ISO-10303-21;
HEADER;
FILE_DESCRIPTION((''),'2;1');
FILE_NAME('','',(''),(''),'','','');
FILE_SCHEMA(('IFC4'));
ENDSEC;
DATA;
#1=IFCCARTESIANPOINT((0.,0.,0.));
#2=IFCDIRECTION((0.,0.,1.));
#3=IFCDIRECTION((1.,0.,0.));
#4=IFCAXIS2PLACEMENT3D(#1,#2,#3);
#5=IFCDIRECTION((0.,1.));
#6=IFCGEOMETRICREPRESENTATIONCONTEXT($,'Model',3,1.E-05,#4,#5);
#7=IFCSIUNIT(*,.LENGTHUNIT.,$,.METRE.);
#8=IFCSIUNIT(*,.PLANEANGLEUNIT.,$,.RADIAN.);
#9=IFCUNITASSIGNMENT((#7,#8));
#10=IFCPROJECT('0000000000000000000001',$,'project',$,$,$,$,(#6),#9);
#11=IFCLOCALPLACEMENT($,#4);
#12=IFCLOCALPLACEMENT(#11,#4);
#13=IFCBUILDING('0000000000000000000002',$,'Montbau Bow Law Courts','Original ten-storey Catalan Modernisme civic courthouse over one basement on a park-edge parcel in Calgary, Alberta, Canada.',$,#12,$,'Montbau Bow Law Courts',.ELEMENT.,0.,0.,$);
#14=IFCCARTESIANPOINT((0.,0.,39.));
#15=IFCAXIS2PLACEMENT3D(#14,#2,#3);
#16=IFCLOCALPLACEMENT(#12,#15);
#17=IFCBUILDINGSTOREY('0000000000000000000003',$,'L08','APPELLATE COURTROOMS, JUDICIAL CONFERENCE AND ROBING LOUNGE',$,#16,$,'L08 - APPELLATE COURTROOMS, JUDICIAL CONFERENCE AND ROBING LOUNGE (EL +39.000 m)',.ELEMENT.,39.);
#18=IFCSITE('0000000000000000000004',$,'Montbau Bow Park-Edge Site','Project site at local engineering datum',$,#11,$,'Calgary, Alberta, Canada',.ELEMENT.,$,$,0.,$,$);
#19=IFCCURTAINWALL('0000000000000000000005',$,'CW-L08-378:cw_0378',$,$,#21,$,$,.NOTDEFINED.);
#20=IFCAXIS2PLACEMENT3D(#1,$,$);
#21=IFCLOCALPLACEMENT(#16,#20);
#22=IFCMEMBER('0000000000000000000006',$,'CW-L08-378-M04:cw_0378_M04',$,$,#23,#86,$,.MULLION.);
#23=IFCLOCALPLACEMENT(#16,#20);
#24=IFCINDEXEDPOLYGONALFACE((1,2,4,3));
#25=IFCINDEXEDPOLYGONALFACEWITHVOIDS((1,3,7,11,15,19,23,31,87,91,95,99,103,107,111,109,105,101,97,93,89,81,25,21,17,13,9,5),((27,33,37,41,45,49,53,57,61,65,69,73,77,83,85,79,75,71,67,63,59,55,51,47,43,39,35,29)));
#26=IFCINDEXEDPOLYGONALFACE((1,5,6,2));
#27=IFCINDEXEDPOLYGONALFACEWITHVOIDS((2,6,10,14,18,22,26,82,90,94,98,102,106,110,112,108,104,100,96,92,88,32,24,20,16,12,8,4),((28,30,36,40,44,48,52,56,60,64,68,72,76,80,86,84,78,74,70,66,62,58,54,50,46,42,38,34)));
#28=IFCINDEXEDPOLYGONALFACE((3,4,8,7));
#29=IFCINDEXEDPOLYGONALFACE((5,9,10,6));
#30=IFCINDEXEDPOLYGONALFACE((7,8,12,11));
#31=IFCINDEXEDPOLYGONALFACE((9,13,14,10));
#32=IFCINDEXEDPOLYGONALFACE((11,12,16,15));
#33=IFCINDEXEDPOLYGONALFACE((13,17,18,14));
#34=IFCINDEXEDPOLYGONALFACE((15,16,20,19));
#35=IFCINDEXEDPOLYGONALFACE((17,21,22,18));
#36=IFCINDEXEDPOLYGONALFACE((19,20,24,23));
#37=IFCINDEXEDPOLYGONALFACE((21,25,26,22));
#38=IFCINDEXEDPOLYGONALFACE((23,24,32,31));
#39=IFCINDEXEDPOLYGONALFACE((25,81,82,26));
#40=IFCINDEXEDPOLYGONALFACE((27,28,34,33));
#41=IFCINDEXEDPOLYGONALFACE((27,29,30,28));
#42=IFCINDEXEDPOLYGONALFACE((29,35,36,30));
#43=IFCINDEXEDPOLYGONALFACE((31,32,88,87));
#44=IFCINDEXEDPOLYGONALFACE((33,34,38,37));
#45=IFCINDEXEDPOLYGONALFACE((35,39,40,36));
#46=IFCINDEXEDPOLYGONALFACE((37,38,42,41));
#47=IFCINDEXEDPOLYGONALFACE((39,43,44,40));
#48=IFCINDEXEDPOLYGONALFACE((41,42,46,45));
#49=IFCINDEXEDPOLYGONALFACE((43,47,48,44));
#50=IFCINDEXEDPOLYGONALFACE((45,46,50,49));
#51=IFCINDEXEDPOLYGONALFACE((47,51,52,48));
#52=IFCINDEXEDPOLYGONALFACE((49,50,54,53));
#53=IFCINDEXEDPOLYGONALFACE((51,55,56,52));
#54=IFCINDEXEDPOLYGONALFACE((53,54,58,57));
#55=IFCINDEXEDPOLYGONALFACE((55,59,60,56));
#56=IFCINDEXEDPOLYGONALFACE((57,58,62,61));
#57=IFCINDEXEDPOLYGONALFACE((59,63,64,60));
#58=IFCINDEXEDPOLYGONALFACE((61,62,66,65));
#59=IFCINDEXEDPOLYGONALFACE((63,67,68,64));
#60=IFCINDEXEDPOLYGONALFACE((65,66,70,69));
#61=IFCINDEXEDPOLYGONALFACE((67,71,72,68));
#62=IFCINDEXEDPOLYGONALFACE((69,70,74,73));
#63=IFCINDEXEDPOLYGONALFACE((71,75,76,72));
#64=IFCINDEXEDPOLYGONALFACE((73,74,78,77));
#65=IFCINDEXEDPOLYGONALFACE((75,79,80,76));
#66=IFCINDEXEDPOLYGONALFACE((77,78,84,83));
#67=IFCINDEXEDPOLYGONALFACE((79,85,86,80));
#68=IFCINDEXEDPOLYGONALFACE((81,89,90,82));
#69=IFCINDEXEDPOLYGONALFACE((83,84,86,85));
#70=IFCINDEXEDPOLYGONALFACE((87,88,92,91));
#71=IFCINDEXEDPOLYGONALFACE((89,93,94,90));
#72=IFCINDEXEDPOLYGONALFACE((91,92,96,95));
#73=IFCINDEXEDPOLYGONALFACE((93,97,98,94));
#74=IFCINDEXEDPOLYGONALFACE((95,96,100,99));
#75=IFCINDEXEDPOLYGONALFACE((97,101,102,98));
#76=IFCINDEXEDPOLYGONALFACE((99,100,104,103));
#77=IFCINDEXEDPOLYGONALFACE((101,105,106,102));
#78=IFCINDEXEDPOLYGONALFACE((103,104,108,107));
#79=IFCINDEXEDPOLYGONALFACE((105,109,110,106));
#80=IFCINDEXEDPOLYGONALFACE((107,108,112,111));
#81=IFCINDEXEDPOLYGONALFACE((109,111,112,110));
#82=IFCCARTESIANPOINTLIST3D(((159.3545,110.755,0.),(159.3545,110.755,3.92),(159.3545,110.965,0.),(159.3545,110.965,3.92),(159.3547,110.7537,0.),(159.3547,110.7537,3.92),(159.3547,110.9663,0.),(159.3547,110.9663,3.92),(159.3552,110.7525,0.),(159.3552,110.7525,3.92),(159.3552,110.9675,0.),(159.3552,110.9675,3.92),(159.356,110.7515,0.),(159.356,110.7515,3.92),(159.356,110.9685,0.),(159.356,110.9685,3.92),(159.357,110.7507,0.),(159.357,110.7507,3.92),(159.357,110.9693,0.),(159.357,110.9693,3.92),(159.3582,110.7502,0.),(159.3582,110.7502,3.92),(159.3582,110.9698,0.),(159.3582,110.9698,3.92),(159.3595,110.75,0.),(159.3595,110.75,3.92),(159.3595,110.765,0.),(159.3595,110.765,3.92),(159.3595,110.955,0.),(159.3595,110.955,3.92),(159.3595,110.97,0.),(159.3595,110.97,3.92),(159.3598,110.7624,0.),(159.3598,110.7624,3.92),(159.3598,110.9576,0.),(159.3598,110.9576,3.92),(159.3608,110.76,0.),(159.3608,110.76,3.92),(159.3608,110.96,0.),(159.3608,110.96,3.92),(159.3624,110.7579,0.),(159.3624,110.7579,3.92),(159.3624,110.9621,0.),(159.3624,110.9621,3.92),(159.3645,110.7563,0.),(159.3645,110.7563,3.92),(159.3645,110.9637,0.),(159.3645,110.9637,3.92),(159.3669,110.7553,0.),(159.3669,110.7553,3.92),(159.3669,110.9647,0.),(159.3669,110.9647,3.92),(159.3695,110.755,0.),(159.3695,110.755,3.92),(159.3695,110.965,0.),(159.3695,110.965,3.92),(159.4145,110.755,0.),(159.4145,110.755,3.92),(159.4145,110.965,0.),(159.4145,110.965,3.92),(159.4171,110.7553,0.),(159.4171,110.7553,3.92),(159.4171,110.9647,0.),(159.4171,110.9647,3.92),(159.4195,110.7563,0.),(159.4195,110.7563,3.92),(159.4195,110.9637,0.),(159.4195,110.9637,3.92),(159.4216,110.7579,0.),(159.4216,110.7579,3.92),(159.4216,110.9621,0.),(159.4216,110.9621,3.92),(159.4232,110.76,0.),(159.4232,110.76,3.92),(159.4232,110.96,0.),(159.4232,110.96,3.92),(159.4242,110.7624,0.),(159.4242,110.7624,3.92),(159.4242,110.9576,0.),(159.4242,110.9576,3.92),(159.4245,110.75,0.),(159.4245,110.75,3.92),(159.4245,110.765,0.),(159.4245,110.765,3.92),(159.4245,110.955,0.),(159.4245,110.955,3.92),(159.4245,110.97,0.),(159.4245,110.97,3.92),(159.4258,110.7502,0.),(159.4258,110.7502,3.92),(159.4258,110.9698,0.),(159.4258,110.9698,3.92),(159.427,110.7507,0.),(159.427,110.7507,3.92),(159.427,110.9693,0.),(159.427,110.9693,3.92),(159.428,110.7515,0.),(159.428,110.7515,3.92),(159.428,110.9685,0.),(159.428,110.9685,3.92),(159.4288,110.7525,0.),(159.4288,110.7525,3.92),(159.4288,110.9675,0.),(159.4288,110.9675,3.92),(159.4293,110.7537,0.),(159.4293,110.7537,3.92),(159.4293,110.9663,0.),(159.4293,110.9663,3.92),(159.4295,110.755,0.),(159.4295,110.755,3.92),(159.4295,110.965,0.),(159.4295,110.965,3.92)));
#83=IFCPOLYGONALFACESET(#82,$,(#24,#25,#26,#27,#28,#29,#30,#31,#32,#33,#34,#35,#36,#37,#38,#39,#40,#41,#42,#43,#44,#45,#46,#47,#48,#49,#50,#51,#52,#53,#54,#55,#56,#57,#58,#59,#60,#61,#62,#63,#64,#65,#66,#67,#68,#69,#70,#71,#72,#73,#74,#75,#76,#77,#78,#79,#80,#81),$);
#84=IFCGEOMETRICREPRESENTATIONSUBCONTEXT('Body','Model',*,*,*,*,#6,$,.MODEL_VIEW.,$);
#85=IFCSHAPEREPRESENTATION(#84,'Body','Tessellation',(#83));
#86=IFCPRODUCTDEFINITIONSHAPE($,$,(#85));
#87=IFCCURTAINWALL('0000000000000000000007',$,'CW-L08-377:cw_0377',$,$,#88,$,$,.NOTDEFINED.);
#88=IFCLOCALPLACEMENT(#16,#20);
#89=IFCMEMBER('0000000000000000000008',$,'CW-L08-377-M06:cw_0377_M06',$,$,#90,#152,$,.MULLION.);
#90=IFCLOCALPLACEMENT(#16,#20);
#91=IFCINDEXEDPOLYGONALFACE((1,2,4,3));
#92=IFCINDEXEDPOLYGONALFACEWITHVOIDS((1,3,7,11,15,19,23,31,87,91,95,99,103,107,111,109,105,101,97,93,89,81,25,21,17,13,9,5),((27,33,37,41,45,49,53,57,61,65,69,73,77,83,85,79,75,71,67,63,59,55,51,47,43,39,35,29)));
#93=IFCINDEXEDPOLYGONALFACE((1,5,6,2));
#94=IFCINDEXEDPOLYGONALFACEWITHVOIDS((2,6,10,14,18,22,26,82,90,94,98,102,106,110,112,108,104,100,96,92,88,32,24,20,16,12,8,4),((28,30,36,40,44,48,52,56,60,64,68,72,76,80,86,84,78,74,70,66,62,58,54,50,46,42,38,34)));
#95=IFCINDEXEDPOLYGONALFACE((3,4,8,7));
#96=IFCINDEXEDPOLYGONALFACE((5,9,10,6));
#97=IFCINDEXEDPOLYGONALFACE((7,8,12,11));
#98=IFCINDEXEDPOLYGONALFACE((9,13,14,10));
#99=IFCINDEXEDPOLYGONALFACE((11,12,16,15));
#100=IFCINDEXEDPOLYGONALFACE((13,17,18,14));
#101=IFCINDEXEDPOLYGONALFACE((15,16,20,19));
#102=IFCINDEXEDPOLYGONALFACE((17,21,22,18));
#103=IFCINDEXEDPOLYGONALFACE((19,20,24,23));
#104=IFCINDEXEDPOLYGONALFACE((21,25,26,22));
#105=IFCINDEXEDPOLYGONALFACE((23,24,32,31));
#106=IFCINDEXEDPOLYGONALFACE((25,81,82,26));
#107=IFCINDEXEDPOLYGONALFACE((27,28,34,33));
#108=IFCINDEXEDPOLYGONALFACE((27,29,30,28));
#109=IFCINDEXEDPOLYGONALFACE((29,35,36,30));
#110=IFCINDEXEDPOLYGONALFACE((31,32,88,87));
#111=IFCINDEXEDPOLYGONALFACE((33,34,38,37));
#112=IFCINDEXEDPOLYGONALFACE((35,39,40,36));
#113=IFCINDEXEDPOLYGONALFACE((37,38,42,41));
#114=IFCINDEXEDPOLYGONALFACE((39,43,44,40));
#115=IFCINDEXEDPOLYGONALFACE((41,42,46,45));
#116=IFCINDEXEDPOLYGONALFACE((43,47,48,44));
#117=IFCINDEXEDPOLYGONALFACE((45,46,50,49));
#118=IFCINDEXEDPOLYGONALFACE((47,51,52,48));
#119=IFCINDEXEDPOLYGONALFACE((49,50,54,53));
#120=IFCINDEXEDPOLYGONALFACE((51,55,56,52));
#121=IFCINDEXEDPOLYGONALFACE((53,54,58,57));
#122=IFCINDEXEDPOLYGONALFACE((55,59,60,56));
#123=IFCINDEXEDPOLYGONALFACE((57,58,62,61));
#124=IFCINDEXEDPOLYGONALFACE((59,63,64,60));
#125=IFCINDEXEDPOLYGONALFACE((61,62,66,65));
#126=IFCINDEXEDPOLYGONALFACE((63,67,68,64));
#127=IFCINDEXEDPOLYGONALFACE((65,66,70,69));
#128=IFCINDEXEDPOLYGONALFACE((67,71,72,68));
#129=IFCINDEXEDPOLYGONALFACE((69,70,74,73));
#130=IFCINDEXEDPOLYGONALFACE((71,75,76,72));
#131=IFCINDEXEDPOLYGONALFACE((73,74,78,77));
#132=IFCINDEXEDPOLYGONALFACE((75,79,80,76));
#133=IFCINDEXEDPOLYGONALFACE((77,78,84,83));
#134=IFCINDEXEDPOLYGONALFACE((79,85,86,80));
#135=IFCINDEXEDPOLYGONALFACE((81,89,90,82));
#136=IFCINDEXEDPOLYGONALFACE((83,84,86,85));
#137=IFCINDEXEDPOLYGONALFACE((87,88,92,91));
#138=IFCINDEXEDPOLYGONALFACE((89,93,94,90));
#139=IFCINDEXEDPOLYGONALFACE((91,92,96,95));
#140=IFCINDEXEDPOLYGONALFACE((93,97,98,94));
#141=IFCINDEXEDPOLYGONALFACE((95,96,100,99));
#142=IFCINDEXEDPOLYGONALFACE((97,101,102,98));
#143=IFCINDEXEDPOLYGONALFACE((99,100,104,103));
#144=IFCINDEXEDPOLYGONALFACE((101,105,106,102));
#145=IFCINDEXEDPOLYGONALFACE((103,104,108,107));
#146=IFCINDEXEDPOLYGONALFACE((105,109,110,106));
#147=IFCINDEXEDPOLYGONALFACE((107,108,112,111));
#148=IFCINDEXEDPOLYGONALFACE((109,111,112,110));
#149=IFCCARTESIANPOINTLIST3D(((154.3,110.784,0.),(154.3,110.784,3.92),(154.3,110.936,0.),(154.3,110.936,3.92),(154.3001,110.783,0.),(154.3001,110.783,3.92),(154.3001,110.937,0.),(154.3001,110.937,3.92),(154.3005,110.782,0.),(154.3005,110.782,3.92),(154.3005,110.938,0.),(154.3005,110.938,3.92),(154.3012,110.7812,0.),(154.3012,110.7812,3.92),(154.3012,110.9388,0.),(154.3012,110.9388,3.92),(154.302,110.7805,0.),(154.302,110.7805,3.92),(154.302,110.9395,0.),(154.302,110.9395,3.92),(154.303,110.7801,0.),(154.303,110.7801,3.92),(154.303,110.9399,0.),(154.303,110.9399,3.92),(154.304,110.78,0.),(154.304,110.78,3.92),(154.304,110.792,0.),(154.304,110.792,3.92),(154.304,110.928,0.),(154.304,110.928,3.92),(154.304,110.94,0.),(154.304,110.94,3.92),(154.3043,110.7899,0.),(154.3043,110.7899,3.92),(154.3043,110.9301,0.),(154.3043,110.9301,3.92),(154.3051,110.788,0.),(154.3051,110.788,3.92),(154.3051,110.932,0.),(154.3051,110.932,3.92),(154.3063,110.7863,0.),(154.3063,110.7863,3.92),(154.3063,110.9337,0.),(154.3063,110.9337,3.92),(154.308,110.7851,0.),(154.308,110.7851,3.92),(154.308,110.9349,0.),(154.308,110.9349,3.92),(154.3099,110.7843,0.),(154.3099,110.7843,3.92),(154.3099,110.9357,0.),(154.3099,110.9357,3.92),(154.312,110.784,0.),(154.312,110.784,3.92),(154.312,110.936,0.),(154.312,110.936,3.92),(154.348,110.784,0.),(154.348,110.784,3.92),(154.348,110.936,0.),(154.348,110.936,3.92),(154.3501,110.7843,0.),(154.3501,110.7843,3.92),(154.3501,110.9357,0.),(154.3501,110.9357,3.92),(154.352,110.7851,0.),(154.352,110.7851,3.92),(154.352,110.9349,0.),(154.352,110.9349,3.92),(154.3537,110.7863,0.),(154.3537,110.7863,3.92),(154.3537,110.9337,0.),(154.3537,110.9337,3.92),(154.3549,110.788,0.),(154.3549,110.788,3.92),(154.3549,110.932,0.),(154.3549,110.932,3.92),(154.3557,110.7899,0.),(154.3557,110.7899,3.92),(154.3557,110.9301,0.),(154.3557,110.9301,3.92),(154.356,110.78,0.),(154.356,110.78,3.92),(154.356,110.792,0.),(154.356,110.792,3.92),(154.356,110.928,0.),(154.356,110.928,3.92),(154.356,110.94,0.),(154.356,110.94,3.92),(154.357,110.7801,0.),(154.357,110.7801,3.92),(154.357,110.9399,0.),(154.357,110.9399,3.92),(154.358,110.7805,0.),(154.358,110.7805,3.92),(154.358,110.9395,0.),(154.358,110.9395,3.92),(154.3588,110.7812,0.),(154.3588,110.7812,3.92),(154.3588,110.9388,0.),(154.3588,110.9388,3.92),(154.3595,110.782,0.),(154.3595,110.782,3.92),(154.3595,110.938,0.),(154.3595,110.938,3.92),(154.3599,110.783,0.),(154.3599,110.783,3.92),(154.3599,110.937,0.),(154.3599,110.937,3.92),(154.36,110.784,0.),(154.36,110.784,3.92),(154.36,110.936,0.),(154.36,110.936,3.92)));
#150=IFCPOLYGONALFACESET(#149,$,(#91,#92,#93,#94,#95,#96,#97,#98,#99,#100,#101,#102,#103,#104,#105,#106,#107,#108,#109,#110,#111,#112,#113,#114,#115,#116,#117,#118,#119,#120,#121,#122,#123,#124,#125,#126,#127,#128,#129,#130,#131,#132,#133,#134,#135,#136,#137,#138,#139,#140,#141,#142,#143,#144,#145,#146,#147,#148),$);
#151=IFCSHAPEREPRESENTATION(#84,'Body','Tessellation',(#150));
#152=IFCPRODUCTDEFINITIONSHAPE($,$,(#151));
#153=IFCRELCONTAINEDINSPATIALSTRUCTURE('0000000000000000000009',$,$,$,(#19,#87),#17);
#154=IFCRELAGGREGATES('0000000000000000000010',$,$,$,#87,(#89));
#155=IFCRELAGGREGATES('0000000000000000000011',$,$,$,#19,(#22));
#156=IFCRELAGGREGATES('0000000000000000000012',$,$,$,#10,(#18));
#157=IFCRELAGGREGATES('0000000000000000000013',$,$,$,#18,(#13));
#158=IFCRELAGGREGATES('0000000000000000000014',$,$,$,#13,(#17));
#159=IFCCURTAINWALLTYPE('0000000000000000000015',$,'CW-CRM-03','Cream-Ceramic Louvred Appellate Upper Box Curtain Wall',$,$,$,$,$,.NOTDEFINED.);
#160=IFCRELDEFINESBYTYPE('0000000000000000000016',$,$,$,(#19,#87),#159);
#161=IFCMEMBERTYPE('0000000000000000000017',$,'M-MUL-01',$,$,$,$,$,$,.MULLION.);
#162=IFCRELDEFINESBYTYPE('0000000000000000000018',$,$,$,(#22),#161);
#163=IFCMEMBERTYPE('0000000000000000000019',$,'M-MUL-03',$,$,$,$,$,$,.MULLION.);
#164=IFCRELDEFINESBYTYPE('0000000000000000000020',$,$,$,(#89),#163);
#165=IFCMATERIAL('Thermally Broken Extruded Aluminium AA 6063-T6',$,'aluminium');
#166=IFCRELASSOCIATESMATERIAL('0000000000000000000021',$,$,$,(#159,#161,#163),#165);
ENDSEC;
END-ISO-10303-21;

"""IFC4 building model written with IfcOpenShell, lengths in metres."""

from ifc_helpers import new_model, si_unit, direction, frame, origin_with_axes, origin_2d_with_axis, place, context, subcontext, project, spatial, hollow_rectangle, extrude, material, material_profile, profile_set, type_object, element, aggregate, save


model = new_model("IFC4")

# Units and contexts
model_context = context("Model", 3, precision=1e-05, world=origin_with_axes(), true_north=direction((0.0, 1.0)))
body_context = subcontext(model_context, "Body", "Model", "MODEL_VIEW")
ifc_project = project(units=[si_unit("LENGTHUNIT", "METRE"), si_unit("PLANEANGLEUNIT", "RADIAN")], contexts=[model_context])

# Site, building, storey
site_placement = place(None, origin_with_axes())
site = spatial("IfcSite", under=ifc_project, at=site_placement, Name="Montbau Bow Park-Edge Site", Description="Project site at local engineering datum", LongName="Calgary, Alberta, Canada", CompositionType="ELEMENT", RefElevation=0.0)
building_placement = place(site_placement, origin_with_axes())
building = spatial("IfcBuilding", under=site, at=building_placement, Name="Montbau Bow Law Courts", Description="Original ten-storey Catalan Modernisme civic courthouse over one basement on a park-edge parcel in Calgary, Alberta, Canada.", LongName="Montbau Bow Law Courts", CompositionType="ELEMENT", ElevationOfRefHeight=0.0, ElevationOfTerrain=0.0)
storey_placement = place(building_placement, frame((0.0, 0.0, 39.0), z_axis=(0.0, 0.0, 1.0), x_axis=(1.0, 0.0, 0.0)))
storey = spatial("IfcBuildingStorey", under=building, at=storey_placement, Name="L08", Description="APPELLATE COURTROOMS, JUDICIAL CONFERENCE AND ROBING LOUNGE", LongName="L08 - APPELLATE COURTROOMS, JUDICIAL CONFERENCE AND ROBING LOUNGE (EL +39.000 m)", CompositionType="ELEMENT", Elevation=39.0)

# Curtain wall, member
ifc_material_1 = material(Name="Thermally Broken Extruded Aluminium AA 6063-T6", Category="aluminium")
curtain_wall_type = type_object("IfcCurtainWallType", Name="CW-CRM-03", Description="Cream-Ceramic Louvred Appellate Upper Box Curtain Wall", PredefinedType="NOTDEFINED", material=ifc_material_1)
curtain_wall_1_placement = place(None, frame((155.24, 110.86, 39.0), z_axis=(0.0, 0.0, 1.0), x_axis=(1.0, 0.0, 0.0)))
curtain_wall_1 = element("IfcCurtainWall", 1, at=curtain_wall_1_placement, inside=storey, type_object=curtain_wall_type, Name="CW-L08-378:cw_0378", PredefinedType="NOTDEFINED")
ifc_material_profile_1 = material_profile(ifc_material_1, hollow_rectangle(XDim=0.075, YDim=0.22, WallThickness=0.005, InnerFilletRadius=0.01, OuterFilletRadius=0.005, at=origin_2d_with_axis()), Name="CWM-220X75", Category="Main", Priority=0)
ifc_profile_set_1 = profile_set([ifc_material_profile_1], Name="Thermally Broken Extruded Aluminium AA 6063-T6")
member_type_1 = type_object("IfcMemberType", Name="M-MUL-01", PredefinedType="MULLION", material=ifc_profile_set_1)
member_1_placement = place(None, frame((159.392, 110.86, 39.0), z_axis=(0.0, 0.0, 1.0), x_axis=(1.0, 0.0, 0.0)))
member_1 = element("IfcMember", 2, at=member_1_placement, type_object=member_type_1, Name="CW-L08-378-M04:cw_0378_M04", PredefinedType="MULLION", context=body_context, shape_type="SweptSolid", body=[
    extrude(hollow_rectangle(XDim=0.075, YDim=0.22, WallThickness=0.005, InnerFilletRadius=0.01, OuterFilletRadius=0.005, at=origin_2d_with_axis()), origin_with_axes(), (0.0, 0.0, 1.0), 3.92),
])

# Curtain wall, member
curtain_wall_2_placement = place(None, frame((147.44, 110.86, 39.0), z_axis=(0.0, 0.0, 1.0), x_axis=(1.0, 0.0, 0.0)))
curtain_wall_2 = element("IfcCurtainWall", 3, at=curtain_wall_2_placement, inside=storey, type_object=curtain_wall_type, Name="CW-L08-377:cw_0377", PredefinedType="NOTDEFINED")
ifc_material_profile_2 = material_profile(ifc_material_1, hollow_rectangle(XDim=0.06, YDim=0.16, WallThickness=0.004, InnerFilletRadius=0.008, OuterFilletRadius=0.004, at=origin_2d_with_axis()), Name="CWM-160X60", Category="Main", Priority=0)
ifc_profile_set_2 = profile_set([ifc_material_profile_2], Name="Thermally Broken Extruded Aluminium AA 6063-T6")
member_type_2 = type_object("IfcMemberType", Name="M-MUL-03", PredefinedType="MULLION", material=ifc_profile_set_2)
member_2_placement = place(None, frame((154.33, 110.86, 39.0), z_axis=(0.0, 0.0, 1.0), x_axis=(1.0, 0.0, 0.0)))
member_2 = element("IfcMember", 4, at=member_2_placement, type_object=member_type_2, Name="CW-L08-377-M06:cw_0377_M06", PredefinedType="MULLION", context=body_context, shape_type="SweptSolid", body=[
    extrude(hollow_rectangle(XDim=0.06, YDim=0.16, WallThickness=0.004, InnerFilletRadius=0.008, OuterFilletRadius=0.004, at=origin_2d_with_axis()), origin_with_axes(), (0.0, 0.0, 1.0), 3.92),
])

aggregate(curtain_wall_2, [member_2])
aggregate(curtain_wall_1, [member_1])

save(model, "model.ifc")
